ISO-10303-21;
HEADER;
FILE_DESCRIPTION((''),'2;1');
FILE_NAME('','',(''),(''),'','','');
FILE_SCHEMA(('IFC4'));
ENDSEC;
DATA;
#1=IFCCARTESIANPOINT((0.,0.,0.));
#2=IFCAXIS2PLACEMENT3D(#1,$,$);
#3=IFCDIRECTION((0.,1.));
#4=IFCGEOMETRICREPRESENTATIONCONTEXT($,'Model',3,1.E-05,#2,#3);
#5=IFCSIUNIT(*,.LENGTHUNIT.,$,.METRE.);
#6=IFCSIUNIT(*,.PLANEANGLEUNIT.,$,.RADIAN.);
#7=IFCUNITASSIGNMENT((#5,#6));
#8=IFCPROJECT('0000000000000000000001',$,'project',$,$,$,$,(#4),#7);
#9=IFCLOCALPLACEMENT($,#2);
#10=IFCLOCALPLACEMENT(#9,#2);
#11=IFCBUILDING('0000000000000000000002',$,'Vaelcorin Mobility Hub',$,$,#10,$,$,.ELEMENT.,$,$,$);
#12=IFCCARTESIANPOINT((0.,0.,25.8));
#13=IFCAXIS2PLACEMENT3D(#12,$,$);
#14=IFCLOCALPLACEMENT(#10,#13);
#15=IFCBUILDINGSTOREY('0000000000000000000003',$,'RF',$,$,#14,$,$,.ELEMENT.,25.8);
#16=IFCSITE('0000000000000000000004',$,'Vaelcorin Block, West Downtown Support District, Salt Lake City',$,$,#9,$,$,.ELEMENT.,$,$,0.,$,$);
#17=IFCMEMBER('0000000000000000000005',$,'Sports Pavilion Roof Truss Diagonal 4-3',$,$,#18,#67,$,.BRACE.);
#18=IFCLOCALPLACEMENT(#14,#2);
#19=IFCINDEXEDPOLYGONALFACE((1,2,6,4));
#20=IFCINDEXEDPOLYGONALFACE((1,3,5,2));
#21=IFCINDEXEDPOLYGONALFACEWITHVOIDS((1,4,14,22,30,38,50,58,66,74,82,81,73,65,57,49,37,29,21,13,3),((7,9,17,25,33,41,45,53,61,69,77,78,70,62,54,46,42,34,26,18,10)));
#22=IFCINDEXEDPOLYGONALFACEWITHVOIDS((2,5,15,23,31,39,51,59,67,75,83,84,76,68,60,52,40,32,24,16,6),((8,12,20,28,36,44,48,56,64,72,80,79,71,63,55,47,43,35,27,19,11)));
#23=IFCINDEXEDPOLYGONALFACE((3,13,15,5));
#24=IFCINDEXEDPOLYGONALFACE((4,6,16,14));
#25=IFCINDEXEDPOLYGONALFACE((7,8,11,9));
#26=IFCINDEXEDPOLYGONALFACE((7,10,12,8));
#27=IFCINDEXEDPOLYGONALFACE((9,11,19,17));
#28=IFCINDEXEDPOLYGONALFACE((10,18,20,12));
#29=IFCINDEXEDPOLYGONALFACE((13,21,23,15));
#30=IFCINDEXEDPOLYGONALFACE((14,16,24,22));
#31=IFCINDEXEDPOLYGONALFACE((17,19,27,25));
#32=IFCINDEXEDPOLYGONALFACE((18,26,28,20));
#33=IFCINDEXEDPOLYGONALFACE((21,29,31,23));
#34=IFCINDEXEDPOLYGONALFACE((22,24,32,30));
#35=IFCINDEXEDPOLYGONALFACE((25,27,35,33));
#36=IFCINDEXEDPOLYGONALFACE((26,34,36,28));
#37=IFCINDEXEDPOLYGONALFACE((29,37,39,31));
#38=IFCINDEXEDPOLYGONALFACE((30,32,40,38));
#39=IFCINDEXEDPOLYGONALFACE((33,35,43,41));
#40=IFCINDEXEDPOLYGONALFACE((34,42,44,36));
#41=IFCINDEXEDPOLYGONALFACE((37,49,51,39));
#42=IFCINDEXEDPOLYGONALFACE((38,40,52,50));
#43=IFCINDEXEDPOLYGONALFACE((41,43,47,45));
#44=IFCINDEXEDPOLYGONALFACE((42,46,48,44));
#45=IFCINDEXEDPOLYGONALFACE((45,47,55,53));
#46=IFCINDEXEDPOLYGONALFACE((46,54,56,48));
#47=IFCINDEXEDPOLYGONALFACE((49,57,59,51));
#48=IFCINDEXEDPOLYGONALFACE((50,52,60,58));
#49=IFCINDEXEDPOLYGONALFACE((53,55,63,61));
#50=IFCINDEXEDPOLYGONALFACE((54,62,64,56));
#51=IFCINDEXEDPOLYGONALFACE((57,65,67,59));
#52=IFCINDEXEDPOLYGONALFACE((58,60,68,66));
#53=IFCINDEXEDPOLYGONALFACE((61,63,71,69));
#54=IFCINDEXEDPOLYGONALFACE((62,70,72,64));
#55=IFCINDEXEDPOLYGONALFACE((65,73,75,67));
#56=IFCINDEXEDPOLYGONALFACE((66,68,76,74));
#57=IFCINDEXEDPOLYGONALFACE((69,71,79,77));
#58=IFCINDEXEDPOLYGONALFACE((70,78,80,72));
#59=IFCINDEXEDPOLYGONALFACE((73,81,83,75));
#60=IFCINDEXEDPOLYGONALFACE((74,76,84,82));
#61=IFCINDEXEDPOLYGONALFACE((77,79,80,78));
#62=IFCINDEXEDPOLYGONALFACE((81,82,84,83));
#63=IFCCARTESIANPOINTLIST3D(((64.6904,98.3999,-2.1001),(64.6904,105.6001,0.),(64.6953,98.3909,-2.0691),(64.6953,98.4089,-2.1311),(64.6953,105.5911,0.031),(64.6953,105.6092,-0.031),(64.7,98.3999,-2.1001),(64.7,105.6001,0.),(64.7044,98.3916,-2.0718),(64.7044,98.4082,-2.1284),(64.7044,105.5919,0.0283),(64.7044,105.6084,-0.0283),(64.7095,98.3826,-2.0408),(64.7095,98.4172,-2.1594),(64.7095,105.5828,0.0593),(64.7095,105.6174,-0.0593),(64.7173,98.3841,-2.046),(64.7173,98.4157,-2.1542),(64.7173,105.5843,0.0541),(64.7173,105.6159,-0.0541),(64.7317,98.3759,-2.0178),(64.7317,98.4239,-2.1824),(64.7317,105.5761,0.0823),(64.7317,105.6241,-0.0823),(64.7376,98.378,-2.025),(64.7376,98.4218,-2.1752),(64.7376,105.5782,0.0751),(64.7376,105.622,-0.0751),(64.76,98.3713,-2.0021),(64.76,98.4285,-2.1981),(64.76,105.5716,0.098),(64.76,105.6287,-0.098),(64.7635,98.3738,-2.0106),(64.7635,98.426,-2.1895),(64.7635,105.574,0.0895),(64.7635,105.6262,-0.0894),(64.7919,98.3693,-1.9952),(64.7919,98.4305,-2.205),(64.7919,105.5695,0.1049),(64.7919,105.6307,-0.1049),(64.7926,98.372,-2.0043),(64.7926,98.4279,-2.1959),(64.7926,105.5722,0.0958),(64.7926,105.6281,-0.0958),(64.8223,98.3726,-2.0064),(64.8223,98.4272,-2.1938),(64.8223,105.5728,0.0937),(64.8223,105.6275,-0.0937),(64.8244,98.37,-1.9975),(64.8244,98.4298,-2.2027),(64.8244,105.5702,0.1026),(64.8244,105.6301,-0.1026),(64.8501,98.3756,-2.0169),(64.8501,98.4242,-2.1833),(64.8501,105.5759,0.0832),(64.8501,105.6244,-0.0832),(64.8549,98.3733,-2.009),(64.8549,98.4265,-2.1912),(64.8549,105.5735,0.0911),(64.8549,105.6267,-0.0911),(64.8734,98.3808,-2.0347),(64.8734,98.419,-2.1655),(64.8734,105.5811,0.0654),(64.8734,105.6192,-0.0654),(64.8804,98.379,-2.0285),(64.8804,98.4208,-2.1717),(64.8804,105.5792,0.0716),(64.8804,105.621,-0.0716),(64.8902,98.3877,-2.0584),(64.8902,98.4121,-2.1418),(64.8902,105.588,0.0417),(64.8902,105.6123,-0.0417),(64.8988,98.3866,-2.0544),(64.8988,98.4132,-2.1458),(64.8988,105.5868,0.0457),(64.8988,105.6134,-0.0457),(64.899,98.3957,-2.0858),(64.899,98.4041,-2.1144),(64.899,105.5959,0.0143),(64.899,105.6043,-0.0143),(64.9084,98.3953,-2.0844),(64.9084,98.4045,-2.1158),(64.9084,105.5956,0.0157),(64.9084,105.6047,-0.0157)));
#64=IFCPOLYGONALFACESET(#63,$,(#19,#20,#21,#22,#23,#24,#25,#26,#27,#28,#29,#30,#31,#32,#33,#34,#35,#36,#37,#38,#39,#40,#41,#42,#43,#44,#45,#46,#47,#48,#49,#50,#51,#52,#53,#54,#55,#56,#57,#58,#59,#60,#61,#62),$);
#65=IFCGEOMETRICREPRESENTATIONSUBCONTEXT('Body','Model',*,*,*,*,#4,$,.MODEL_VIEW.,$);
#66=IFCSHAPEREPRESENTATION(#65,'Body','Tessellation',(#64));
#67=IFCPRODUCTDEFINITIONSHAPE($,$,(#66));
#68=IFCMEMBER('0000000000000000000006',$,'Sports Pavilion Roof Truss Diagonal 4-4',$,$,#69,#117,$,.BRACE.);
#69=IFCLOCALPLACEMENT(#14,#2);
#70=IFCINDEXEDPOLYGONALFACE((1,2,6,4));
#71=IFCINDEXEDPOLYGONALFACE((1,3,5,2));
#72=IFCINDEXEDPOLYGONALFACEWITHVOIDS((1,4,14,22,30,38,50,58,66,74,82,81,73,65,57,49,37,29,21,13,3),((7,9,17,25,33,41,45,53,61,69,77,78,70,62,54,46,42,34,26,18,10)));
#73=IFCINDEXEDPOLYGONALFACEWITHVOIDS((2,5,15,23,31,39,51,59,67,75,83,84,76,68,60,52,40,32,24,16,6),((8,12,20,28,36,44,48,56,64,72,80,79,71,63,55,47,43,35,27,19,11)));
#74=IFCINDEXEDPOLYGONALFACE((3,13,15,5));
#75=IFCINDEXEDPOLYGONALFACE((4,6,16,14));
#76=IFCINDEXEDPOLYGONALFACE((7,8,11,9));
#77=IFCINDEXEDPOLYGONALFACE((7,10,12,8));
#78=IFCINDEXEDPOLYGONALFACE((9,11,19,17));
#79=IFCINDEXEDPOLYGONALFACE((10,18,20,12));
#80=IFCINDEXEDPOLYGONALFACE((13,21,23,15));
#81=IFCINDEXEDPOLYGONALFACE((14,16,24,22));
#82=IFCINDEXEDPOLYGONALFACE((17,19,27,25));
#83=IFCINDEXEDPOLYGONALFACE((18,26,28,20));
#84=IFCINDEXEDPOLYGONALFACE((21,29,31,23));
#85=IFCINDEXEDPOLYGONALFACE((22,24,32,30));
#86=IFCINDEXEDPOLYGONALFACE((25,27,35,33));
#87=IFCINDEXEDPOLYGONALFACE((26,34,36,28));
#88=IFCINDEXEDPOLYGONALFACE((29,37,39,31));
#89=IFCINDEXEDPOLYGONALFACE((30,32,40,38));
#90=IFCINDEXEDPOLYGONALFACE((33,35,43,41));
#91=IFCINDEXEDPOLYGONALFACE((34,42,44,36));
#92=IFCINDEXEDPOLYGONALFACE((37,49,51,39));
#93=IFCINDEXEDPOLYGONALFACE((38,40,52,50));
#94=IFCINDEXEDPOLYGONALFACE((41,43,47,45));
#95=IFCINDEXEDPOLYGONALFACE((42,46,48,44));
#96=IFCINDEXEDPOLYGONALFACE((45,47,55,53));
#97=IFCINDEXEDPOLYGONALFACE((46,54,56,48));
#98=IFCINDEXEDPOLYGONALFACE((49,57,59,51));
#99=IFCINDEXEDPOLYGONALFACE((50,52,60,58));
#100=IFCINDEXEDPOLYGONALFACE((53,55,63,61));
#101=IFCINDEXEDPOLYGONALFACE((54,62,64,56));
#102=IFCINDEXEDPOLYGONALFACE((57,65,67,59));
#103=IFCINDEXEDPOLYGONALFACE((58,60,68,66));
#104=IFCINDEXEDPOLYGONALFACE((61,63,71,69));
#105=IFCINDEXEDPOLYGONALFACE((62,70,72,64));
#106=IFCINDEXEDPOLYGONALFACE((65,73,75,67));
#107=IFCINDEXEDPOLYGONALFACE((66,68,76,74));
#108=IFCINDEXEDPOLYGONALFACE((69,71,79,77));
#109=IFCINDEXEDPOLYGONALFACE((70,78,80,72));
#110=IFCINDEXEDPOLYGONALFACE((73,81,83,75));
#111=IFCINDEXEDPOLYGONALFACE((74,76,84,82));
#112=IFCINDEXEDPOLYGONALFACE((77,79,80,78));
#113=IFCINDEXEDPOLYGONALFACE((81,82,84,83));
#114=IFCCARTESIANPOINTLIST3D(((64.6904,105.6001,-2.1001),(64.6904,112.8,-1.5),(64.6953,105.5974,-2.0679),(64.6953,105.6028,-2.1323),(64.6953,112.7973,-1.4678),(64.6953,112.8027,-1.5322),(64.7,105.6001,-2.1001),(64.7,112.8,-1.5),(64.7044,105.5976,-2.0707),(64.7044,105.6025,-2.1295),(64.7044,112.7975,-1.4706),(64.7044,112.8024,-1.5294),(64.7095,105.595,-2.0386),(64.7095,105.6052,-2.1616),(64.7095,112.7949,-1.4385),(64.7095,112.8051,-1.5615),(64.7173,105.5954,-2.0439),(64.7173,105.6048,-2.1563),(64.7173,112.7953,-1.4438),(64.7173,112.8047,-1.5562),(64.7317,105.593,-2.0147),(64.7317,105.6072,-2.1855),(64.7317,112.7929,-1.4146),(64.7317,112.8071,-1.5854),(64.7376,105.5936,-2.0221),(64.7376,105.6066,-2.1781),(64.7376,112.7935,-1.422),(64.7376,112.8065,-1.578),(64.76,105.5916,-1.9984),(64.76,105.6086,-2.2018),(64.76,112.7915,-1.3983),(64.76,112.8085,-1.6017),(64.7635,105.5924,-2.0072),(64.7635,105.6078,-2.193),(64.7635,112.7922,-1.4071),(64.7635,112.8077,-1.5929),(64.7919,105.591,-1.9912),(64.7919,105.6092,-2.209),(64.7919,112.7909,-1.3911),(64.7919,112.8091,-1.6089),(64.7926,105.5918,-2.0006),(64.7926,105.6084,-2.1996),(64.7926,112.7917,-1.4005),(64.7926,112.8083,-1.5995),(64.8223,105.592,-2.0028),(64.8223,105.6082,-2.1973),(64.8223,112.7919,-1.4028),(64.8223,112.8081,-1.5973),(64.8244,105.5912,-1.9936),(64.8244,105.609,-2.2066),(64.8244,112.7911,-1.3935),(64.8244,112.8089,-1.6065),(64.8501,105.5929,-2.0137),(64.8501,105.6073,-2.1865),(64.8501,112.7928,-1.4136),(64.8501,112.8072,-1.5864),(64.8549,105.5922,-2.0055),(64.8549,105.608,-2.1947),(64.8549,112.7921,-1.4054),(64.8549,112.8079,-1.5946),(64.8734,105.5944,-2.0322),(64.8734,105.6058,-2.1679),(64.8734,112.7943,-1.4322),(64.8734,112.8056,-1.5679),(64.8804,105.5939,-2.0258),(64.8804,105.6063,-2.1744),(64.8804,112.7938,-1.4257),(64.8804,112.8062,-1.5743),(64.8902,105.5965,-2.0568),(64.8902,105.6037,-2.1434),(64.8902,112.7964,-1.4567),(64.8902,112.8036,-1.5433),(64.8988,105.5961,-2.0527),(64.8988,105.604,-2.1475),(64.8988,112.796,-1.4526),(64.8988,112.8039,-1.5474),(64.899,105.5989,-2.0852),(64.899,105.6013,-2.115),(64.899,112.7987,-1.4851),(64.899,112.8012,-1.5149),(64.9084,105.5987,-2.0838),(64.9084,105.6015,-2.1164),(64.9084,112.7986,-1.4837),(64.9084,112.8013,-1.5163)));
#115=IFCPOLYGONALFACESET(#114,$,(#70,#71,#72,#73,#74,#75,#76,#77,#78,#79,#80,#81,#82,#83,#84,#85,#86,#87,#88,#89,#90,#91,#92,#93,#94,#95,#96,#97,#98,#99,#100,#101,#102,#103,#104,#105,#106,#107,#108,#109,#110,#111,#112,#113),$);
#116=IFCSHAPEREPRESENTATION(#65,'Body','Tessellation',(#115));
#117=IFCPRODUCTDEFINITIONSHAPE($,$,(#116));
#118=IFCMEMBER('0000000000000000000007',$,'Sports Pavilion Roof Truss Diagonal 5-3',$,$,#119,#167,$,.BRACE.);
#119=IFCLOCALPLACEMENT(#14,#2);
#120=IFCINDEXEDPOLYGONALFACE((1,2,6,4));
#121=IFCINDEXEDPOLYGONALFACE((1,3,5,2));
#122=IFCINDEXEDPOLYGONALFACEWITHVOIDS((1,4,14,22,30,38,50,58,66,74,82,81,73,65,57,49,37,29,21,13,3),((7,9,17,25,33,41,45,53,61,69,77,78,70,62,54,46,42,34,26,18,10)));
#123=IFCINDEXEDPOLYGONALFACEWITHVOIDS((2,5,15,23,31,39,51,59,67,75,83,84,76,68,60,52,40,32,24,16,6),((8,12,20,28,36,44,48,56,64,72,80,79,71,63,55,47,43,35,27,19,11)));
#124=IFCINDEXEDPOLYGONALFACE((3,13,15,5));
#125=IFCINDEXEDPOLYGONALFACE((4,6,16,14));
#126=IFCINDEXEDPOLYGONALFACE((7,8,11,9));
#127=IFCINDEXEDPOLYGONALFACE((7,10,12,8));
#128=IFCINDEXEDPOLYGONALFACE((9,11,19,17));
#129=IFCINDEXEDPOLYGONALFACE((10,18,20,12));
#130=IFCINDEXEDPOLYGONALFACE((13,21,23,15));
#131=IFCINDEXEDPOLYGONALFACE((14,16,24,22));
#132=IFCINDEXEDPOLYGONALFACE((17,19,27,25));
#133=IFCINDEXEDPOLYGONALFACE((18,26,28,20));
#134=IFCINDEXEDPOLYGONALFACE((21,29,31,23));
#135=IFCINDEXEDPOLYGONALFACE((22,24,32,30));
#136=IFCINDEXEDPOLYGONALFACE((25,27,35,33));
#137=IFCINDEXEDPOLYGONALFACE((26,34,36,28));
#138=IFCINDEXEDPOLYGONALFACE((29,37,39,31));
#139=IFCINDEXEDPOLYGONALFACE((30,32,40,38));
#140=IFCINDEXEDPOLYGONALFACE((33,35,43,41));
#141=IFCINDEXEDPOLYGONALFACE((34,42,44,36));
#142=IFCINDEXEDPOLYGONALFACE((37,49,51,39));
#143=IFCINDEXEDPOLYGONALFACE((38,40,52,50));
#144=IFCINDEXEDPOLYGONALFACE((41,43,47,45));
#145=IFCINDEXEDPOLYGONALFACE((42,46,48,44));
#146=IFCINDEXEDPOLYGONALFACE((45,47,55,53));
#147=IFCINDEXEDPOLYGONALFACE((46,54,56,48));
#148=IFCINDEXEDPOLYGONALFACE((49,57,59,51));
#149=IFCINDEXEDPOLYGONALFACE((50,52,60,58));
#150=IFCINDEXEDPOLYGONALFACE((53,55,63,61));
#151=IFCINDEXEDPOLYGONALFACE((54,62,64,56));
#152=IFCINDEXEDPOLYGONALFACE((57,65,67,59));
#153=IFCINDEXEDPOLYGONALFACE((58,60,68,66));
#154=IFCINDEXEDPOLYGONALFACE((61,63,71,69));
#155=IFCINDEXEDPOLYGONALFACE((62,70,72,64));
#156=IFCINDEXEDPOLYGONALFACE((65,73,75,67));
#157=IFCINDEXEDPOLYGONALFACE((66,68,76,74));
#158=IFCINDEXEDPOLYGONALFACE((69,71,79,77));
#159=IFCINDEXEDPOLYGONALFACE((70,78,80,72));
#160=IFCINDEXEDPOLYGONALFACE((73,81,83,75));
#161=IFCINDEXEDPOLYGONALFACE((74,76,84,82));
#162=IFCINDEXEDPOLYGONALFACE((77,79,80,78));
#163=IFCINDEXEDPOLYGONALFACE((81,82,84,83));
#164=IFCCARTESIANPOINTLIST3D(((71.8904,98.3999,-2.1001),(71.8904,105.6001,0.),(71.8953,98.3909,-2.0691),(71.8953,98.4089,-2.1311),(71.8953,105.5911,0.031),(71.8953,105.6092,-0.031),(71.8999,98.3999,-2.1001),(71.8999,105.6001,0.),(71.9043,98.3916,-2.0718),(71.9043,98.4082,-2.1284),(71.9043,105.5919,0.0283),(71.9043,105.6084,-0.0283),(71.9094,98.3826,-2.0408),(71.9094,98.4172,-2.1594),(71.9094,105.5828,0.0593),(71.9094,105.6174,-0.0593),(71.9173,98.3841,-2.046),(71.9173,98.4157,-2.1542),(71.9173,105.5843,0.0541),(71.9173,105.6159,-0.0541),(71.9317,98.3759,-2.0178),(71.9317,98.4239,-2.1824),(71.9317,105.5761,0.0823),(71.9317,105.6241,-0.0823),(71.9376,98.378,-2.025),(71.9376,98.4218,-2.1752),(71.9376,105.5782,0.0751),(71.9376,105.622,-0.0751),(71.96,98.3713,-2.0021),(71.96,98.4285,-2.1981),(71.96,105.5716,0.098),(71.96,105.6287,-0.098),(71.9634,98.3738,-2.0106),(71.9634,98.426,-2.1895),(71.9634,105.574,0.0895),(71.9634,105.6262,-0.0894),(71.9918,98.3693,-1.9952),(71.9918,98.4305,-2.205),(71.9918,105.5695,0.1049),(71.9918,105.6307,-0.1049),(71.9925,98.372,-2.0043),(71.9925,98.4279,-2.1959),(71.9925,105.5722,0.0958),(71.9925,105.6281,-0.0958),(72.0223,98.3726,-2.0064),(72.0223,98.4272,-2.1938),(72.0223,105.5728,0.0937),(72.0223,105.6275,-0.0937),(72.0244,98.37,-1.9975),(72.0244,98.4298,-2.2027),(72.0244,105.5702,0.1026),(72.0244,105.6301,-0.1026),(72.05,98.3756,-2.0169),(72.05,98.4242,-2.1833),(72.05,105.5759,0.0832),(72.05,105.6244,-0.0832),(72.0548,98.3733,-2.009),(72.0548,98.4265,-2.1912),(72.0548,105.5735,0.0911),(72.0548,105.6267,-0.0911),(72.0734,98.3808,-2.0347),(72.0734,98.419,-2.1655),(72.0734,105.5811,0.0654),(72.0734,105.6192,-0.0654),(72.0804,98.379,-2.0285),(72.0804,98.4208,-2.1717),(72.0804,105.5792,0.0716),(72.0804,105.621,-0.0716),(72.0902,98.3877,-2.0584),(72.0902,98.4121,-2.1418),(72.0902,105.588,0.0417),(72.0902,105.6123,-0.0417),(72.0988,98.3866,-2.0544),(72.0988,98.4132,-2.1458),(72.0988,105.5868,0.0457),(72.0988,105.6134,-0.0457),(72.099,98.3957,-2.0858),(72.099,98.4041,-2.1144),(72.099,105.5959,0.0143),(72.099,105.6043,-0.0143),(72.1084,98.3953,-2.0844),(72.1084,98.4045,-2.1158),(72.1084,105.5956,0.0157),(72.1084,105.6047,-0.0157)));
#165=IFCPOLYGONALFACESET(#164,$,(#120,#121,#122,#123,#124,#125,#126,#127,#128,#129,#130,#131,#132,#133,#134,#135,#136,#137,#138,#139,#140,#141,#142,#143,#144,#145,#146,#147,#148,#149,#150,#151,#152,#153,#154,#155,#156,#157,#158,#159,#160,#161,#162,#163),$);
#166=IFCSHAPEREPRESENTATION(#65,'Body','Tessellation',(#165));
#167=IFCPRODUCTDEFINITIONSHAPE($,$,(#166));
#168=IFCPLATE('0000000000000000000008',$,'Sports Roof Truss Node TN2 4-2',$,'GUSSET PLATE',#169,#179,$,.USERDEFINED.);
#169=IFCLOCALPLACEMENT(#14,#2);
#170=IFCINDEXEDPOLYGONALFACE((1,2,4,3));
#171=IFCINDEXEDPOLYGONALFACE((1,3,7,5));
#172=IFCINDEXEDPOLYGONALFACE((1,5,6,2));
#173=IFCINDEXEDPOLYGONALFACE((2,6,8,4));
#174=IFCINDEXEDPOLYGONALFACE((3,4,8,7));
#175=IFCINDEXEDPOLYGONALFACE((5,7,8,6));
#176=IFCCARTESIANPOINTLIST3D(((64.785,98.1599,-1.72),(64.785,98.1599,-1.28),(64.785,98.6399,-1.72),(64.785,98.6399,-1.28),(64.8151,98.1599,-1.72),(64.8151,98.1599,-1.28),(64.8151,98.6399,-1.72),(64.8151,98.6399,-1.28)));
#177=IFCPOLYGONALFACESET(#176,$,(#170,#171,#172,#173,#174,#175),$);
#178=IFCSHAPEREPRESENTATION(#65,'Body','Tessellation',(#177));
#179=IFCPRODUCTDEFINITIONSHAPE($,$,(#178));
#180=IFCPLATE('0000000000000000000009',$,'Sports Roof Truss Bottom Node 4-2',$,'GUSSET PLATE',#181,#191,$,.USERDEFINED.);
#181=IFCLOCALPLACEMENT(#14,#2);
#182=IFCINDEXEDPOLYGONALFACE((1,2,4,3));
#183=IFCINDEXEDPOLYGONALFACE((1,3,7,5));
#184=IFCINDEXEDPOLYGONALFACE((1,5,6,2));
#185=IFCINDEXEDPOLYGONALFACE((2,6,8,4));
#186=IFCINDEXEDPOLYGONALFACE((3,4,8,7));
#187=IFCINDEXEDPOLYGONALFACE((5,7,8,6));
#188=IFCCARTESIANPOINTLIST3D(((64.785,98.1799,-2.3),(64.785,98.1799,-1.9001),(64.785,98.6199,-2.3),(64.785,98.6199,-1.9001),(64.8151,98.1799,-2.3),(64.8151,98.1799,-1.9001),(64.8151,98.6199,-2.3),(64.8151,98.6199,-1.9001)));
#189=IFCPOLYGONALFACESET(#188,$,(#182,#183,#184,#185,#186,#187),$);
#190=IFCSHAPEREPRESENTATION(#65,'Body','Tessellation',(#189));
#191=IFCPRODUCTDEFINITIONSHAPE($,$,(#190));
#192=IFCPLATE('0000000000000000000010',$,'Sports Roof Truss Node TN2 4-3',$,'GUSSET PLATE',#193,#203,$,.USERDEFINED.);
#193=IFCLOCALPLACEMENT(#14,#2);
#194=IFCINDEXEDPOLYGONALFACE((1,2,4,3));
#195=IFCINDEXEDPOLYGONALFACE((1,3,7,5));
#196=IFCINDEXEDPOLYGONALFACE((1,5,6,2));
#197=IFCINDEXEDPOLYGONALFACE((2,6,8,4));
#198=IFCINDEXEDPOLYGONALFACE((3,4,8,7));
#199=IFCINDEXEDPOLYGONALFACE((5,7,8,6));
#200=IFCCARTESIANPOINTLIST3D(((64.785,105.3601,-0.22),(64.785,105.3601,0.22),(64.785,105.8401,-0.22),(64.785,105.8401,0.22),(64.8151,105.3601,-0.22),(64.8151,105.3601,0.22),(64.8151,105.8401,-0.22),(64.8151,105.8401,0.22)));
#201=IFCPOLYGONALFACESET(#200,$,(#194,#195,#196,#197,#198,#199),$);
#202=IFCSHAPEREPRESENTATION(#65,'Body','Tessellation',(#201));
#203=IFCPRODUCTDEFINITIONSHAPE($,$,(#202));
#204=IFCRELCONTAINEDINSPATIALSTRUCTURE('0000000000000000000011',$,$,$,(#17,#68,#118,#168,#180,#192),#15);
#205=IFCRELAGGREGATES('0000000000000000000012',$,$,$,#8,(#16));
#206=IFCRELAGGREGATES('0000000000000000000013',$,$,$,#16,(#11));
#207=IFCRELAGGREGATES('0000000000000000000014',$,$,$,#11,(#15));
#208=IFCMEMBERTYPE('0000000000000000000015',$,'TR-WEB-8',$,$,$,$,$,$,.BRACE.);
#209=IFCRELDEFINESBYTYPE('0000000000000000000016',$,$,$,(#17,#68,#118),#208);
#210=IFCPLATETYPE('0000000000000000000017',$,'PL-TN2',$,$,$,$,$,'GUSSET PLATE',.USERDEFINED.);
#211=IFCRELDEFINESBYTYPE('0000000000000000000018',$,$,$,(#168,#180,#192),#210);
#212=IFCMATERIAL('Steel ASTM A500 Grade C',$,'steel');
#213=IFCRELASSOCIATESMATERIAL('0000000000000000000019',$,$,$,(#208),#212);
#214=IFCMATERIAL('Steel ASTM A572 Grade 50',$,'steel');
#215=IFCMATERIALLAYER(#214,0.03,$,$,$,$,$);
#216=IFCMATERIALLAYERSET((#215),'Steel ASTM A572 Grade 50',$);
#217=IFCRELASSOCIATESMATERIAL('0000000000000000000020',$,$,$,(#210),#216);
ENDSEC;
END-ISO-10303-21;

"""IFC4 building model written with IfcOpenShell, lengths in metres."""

from ifc_helpers import new_model, si_unit, direction, frame, origin, origin_2d, place, context, subcontext, project, spatial, rectangle, hollow_circle, extrude, material, layer, layer_set, material_profile, profile_set, type_object, element, save


model = new_model("IFC4")

# Units and contexts
model_context = context("Model", 3, precision=1e-05, world=origin(), true_north=direction((0.0, 1.0)))
body_context = subcontext(model_context, "Body", "Model", "MODEL_VIEW")
ifc_project = project(units=[si_unit("LENGTHUNIT", "METRE"), si_unit("PLANEANGLEUNIT", "RADIAN")], contexts=[model_context])

# Site, building, storey
site_placement = place(None, origin())
site = spatial("IfcSite", under=ifc_project, at=site_placement, Name="Vaelcorin Block, West Downtown Support District, Salt Lake City", CompositionType="ELEMENT", RefElevation=0.0)
building_placement = place(site_placement, origin())
building = spatial("IfcBuilding", under=site, at=building_placement, Name="Vaelcorin Mobility Hub", CompositionType="ELEMENT")
storey_placement = place(building_placement, frame((0.0, 0.0, 25.8)))
storey = spatial("IfcBuildingStorey", under=building, at=storey_placement, Name="RF", CompositionType="ELEMENT", Elevation=25.8)

# Shared definitions
ifc_material_1 = material(Name="Steel ASTM A500 Grade C", Category="steel")

# Members
ifc_material_profile_1 = material_profile(ifc_material_1, hollow_circle(Radius=0.1096, WallThickness=0.0095, at=origin_2d()), Name="HSS8.625X0.375")
ifc_profile_set_1 = profile_set([ifc_material_profile_1], Name="Steel ASTM A500 Grade C")
member_type_1 = type_object("IfcMemberType", Name="TR-WEB-8", PredefinedType="BRACE", material=ifc_profile_set_1)
member_1_placement = place(storey_placement, frame((64.8, 98.3999, -2.1001), z_axis=(0.0, 0.959999, 0.280005), x_axis=(-1.0, 0.0, 0.0)))
element("IfcMember", 1, at=member_1_placement, inside=storey, type_object=member_type_1, Name="Sports Pavilion Roof Truss Diagonal 4-3", PredefinedType="BRACE", context=body_context, shape_type="SweptSolid", body=[
    extrude(hollow_circle(Radius=0.1096, WallThickness=0.0095, at=origin_2d()), origin(), (0.0, 0.0, 1.0), 7.5002),
])
member_2_placement = place(storey_placement, frame((64.8, 105.6001, -2.1001), z_axis=(0.0, 0.996545, 0.083059), x_axis=(-1.0, 0.0, 0.0)))
element("IfcMember", 2, at=member_2_placement, inside=storey, type_object=member_type_1, Name="Sports Pavilion Roof Truss Diagonal 4-4", PredefinedType="BRACE", context=body_context, shape_type="SweptSolid", body=[
    extrude(hollow_circle(Radius=0.1096, WallThickness=0.0095, at=origin_2d()), origin(), (0.0, 0.0, 1.0), 7.2249),
])
member_3_placement = place(storey_placement, frame((72.0, 98.3999, -2.1001), z_axis=(0.0, 0.959999, 0.280005), x_axis=(-1.0, 0.0, 0.0)))
element("IfcMember", 3, at=member_3_placement, inside=storey, type_object=member_type_1, Name="Sports Pavilion Roof Truss Diagonal 5-3", PredefinedType="BRACE", context=body_context, shape_type="SweptSolid", body=[
    extrude(hollow_circle(Radius=0.1096, WallThickness=0.0095, at=origin_2d()), origin(), (0.0, 0.0, 1.0), 7.5002),
])

# Plates
ifc_material_2 = material(Name="Steel ASTM A572 Grade 50", Category="steel")
ifc_layer_1 = layer(ifc_material_2, 0.03)
ifc_layer_set_1 = layer_set([ifc_layer_1], Name="Steel ASTM A572 Grade 50")
plate_type = type_object("IfcPlateType", Name="PL-TN2", ElementType="GUSSET PLATE", PredefinedType="USERDEFINED", material=ifc_layer_set_1)
plate_1_placement = place(storey_placement, frame((64.8, 98.3999, -1.72), z_axis=(0.0, 0.0, 1.0), x_axis=(1.0, 0.0, 0.0)))
element("IfcPlate", 4, at=plate_1_placement, inside=storey, type_object=plate_type, Name="Sports Roof Truss Node TN2 4-2", ObjectType="GUSSET PLATE", PredefinedType="USERDEFINED", context=body_context, shape_type="SweptSolid", body=[
    extrude(rectangle(XDim=0.03, YDim=0.48, at=origin_2d()), origin(), (0.0, 0.0, 1.0), 0.4399),
])
plate_2_placement = place(storey_placement, frame((64.8, 98.3999, -2.3), z_axis=(0.0, 0.0, 1.0), x_axis=(1.0, 0.0, 0.0)))
element("IfcPlate", 5, at=plate_2_placement, inside=storey, type_object=plate_type, Name="Sports Roof Truss Bottom Node 4-2", ObjectType="GUSSET PLATE", PredefinedType="USERDEFINED", context=body_context, shape_type="SweptSolid", body=[
    extrude(rectangle(XDim=0.03, YDim=0.4399, at=origin_2d()), origin(), (0.0, 0.0, 1.0), 0.3999),
])
plate_3_placement = place(storey_placement, frame((64.8, 105.6001, -0.22), z_axis=(0.0, 0.0, 1.0), x_axis=(1.0, 0.0, 0.0)))
element("IfcPlate", 6, at=plate_3_placement, inside=storey, type_object=plate_type, Name="Sports Roof Truss Node TN2 4-3", ObjectType="GUSSET PLATE", PredefinedType="USERDEFINED", context=body_context, shape_type="SweptSolid", body=[
    extrude(rectangle(XDim=0.03, YDim=0.48, at=origin_2d()), origin(), (0.0, 0.0, 1.0), 0.4399),
])

save(model, "model.ifc")
